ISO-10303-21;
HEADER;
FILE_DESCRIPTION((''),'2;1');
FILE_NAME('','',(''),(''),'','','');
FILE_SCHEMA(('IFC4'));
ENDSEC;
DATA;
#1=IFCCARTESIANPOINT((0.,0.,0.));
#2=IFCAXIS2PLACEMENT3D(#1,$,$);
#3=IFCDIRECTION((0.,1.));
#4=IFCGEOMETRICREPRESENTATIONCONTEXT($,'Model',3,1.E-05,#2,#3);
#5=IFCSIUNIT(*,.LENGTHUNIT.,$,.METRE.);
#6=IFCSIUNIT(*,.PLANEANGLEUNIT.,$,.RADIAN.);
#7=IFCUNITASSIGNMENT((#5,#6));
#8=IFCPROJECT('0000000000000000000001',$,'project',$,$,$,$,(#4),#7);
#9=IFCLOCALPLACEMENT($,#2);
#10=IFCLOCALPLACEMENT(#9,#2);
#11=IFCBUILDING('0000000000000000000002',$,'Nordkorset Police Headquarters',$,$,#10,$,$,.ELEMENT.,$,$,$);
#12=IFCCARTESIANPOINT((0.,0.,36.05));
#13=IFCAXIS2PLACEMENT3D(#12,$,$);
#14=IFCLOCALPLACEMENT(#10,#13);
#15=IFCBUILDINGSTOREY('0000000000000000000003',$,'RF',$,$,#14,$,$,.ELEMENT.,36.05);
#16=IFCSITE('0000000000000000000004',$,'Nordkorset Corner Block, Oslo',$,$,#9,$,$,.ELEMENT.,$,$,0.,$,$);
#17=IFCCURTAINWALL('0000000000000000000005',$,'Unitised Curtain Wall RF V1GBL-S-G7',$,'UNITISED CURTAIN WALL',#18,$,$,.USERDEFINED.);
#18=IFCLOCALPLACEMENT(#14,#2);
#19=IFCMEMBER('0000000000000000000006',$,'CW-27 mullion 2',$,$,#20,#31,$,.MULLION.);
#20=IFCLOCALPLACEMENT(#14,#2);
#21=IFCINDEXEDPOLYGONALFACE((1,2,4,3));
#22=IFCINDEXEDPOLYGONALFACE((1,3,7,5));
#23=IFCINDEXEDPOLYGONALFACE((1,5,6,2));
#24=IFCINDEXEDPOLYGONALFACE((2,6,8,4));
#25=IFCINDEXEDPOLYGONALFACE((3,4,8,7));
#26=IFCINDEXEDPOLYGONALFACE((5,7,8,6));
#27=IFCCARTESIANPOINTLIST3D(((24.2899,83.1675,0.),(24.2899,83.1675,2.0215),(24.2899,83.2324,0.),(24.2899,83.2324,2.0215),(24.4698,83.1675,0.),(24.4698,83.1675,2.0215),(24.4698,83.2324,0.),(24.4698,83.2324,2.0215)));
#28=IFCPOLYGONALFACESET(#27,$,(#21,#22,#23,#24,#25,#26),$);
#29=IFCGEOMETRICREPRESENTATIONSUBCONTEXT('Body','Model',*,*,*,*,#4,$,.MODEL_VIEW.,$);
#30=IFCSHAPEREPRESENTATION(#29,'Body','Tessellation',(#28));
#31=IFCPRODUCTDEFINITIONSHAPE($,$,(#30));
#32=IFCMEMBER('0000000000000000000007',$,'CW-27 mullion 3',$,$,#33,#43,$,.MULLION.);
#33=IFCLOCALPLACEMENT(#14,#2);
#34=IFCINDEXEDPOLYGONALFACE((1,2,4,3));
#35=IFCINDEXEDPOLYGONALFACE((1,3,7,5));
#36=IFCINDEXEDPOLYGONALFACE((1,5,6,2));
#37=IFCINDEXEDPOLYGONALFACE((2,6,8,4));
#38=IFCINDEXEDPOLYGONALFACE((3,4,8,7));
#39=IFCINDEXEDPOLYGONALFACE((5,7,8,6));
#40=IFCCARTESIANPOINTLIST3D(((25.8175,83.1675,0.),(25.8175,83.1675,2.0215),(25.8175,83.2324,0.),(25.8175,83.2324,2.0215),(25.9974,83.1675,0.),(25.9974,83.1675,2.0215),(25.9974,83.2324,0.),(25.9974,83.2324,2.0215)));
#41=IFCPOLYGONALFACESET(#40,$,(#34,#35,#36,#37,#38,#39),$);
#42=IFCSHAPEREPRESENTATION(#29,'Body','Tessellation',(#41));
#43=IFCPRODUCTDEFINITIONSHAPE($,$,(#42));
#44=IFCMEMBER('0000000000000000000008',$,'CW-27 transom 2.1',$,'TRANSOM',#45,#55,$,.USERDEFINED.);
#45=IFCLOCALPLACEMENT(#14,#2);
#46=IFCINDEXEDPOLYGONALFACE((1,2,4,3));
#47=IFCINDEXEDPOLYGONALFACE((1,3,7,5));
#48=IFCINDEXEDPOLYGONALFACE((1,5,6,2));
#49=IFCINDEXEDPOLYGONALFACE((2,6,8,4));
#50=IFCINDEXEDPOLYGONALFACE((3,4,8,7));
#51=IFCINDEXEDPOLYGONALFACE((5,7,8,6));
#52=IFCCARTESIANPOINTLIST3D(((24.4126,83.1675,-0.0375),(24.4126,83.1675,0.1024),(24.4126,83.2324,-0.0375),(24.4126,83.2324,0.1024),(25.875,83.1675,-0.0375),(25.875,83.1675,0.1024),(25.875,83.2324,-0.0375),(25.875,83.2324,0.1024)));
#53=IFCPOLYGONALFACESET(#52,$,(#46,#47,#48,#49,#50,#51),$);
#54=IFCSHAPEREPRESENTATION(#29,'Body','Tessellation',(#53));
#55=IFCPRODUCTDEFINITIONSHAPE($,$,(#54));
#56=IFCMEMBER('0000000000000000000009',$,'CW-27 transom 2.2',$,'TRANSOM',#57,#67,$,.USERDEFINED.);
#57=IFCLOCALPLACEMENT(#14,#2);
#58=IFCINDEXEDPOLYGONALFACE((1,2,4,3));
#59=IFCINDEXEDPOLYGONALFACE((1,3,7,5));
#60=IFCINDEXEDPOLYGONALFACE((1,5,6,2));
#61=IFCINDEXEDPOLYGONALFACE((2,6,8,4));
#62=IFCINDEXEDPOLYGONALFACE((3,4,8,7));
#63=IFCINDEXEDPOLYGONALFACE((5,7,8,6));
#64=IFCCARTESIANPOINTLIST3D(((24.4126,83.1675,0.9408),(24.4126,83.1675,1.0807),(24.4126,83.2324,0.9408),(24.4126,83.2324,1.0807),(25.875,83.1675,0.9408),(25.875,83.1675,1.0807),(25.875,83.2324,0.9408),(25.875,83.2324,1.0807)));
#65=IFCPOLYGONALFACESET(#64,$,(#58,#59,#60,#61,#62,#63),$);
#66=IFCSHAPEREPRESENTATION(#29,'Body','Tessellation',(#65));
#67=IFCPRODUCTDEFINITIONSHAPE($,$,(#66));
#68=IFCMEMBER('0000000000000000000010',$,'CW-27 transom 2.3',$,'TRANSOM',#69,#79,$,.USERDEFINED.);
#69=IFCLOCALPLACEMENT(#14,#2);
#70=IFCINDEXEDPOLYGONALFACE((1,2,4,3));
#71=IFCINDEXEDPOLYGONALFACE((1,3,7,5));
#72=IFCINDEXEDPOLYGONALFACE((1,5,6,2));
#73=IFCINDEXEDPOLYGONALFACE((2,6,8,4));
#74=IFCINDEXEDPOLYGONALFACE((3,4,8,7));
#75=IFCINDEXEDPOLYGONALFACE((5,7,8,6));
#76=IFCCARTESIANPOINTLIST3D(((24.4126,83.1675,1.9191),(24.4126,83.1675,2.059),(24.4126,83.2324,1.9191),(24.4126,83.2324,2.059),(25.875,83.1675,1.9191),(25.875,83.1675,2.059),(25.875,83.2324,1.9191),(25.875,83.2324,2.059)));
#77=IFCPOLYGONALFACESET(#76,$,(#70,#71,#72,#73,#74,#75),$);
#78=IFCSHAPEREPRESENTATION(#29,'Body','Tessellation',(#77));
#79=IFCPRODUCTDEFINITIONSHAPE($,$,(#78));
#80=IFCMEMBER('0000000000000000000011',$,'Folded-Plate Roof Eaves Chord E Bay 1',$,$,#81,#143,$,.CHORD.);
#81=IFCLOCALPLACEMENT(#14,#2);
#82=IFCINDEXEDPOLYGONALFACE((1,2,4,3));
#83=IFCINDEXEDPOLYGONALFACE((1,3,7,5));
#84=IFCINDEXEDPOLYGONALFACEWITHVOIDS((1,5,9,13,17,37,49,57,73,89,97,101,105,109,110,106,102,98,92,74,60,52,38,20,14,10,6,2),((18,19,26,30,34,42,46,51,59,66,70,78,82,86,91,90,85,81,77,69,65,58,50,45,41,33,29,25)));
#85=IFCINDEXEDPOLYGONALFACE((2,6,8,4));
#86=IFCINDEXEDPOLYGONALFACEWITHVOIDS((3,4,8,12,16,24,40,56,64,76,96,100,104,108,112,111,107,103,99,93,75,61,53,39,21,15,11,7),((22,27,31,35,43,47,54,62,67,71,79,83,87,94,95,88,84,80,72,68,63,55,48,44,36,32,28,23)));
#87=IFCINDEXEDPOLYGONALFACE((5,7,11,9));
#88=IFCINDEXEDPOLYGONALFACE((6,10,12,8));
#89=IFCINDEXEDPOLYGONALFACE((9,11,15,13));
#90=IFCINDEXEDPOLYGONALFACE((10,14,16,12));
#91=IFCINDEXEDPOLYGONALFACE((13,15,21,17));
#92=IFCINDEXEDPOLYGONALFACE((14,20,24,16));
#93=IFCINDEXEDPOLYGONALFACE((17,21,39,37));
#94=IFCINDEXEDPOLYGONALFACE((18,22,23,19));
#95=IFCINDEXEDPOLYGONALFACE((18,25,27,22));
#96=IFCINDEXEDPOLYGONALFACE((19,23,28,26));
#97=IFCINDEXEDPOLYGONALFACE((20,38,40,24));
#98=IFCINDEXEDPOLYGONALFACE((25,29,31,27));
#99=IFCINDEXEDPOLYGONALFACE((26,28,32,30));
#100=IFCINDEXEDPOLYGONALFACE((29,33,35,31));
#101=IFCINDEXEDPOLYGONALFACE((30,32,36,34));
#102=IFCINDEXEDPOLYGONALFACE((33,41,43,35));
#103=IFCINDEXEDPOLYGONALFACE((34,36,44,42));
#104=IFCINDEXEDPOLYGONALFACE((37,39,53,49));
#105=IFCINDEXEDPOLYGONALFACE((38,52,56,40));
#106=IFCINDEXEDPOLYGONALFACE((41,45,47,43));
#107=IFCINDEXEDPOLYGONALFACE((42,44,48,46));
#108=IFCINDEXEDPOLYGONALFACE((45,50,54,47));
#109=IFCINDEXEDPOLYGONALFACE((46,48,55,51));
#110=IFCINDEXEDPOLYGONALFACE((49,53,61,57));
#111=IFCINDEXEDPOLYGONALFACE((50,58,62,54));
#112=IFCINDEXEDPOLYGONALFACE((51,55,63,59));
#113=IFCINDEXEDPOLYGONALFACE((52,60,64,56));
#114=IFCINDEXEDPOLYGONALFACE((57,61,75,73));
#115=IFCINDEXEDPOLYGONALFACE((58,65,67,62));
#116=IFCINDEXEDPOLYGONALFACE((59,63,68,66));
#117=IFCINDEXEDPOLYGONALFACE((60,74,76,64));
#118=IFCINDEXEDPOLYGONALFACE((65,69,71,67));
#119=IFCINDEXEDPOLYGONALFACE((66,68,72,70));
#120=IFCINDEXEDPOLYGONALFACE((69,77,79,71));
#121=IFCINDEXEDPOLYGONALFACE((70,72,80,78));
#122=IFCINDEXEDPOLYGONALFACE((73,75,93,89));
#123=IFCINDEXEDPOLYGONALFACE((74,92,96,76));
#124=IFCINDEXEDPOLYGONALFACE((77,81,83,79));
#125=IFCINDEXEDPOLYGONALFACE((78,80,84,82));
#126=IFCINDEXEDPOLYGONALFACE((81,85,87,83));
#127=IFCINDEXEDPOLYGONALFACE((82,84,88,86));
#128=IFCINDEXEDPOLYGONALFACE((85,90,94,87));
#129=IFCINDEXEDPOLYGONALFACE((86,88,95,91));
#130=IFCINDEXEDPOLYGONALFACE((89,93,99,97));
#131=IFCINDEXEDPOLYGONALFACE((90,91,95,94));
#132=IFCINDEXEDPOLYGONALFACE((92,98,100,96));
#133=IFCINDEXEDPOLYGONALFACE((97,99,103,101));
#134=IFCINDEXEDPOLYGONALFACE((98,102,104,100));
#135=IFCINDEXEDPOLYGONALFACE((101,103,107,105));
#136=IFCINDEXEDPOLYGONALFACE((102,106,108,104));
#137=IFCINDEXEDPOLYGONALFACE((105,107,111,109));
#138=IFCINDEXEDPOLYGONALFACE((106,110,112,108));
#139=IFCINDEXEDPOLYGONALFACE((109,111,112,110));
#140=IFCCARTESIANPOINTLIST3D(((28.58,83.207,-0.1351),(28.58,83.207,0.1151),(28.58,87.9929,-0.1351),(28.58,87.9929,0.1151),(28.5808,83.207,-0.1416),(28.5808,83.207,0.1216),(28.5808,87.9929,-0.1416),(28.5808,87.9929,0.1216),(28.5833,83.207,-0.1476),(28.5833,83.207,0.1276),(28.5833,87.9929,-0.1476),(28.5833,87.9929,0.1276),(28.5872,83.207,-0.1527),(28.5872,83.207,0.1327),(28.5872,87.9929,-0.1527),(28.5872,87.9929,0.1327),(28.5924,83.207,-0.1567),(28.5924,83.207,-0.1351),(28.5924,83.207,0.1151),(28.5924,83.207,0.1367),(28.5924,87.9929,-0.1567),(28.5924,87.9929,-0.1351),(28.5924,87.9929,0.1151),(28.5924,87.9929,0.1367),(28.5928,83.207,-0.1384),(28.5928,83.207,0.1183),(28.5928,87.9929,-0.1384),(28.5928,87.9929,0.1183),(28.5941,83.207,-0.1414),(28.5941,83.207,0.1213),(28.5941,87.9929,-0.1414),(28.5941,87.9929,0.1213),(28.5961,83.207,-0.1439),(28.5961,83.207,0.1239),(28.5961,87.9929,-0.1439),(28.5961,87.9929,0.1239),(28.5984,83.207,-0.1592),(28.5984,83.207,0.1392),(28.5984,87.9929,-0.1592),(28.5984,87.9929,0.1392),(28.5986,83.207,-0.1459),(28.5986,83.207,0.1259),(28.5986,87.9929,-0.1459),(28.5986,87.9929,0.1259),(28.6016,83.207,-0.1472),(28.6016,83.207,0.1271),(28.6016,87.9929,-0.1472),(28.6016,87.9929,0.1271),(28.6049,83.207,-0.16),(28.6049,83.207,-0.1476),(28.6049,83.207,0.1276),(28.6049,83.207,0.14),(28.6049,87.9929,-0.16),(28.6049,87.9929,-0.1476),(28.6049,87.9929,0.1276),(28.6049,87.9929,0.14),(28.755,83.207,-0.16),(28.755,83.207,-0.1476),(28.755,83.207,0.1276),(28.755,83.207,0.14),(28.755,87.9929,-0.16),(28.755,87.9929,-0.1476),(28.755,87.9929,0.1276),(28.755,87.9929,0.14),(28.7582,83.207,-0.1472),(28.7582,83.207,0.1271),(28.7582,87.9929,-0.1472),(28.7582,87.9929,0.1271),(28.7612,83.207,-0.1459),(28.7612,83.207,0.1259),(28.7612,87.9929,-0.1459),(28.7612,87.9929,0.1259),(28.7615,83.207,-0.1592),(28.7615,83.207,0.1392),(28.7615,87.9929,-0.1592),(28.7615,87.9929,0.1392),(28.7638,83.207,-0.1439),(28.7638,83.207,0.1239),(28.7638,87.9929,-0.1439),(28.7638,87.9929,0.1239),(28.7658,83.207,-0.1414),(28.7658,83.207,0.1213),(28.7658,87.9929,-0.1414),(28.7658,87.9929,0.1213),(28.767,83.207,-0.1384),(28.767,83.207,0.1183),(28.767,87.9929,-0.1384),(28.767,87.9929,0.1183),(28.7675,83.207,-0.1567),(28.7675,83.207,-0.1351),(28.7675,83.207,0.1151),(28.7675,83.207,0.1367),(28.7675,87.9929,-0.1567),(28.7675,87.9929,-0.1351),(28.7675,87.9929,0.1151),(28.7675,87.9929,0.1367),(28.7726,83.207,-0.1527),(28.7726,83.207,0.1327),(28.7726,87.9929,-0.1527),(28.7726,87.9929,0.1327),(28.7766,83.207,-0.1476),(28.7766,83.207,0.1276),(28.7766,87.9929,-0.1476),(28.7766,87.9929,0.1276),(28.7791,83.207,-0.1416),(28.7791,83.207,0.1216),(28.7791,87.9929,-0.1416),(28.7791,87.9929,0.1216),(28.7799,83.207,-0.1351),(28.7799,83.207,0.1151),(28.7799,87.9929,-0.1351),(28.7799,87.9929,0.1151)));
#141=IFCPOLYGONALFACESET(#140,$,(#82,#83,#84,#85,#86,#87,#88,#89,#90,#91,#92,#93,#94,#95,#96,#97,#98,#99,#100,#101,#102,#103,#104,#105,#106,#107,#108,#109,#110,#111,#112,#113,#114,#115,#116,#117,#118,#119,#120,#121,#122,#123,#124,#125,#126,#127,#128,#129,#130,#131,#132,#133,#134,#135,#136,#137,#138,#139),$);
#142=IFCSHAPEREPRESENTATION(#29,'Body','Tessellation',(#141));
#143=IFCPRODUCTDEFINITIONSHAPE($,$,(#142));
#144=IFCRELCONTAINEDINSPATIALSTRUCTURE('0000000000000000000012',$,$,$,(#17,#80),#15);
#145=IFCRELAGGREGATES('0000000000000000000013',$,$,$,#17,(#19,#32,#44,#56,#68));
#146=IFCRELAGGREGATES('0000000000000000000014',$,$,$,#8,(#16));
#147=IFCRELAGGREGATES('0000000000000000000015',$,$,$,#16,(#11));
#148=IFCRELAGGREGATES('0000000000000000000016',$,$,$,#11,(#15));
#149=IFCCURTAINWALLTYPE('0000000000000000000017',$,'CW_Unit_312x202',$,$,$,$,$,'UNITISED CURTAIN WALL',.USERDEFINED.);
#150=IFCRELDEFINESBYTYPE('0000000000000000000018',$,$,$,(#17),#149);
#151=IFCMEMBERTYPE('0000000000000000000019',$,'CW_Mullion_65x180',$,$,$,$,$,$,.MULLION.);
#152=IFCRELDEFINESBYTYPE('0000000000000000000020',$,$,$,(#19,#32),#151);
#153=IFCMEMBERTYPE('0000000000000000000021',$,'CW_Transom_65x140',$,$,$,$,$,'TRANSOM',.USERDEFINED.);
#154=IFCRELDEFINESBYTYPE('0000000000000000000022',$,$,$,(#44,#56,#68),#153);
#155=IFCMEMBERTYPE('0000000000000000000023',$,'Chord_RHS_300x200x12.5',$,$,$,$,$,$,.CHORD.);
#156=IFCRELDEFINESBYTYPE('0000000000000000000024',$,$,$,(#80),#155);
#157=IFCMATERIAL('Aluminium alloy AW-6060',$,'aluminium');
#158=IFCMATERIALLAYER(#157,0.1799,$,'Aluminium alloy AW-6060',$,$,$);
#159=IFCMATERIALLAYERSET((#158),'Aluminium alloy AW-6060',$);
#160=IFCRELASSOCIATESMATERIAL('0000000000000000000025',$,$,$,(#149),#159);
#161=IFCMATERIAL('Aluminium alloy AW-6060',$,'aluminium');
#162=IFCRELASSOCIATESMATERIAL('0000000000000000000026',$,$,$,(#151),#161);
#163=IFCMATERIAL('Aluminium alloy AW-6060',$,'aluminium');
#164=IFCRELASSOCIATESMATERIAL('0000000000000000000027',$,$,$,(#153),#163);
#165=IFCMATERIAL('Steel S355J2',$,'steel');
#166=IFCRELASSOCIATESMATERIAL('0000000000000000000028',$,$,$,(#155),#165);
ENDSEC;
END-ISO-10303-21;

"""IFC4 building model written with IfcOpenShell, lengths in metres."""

from ifc_helpers import new_model, si_unit, direction, frame, origin, origin_2d, place, context, subcontext, project, spatial, rectangle, hollow_rectangle, extrude, material, layer, layer_set, material_profile, profile_set, type_object, element, aggregate, save


model = new_model("IFC4")

# Units and contexts
model_context = context("Model", 3, precision=1e-05, world=origin(), true_north=direction((0.0, 1.0)))
body_context = subcontext(model_context, "Body", "Model", "MODEL_VIEW")
ifc_project = project(units=[si_unit("LENGTHUNIT", "METRE"), si_unit("PLANEANGLEUNIT", "RADIAN")], contexts=[model_context])

# Site, building, storey
site_placement = place(None, origin())
site = spatial("IfcSite", under=ifc_project, at=site_placement, Name="Nordkorset Corner Block, Oslo", CompositionType="ELEMENT", RefElevation=0.0)
building_placement = place(site_placement, origin())
building = spatial("IfcBuilding", under=site, at=building_placement, Name="Nordkorset Police Headquarters", CompositionType="ELEMENT")
storey_placement = place(building_placement, frame((0.0, 0.0, 36.05)))
storey = spatial("IfcBuildingStorey", under=building, at=storey_placement, Name="RF", CompositionType="ELEMENT", Elevation=36.05)

# Curtain wall, members
ifc_material_1 = material(Name="Aluminium alloy AW-6060", Category="aluminium")
ifc_layer_1 = layer(ifc_material_1, 0.1799, Name="Aluminium alloy AW-6060")
ifc_layer_set_1 = layer_set([ifc_layer_1], Name="Aluminium alloy AW-6060")
curtain_wall_type = type_object("IfcCurtainWallType", Name="CW_Unit_312x202", ElementType="UNITISED CURTAIN WALL", PredefinedType="USERDEFINED", material=ifc_layer_set_1)
curtain_wall_placement = place(storey_placement, origin())
curtain_wall = element("IfcCurtainWall", 1, at=curtain_wall_placement, inside=storey, type_object=curtain_wall_type, Name="Unitised Curtain Wall RF V1GBL-S-G7", ObjectType="UNITISED CURTAIN WALL", PredefinedType="USERDEFINED")
ifc_material_2 = material(Name="Aluminium alloy AW-6060", Category="aluminium")
ifc_material_profile_1 = material_profile(ifc_material_2, rectangle(XDim=0.0649, YDim=0.1799, at=origin_2d()), Name="ALU MULL 65x180")
ifc_profile_set_1 = profile_set([ifc_material_profile_1], Name="Aluminium alloy AW-6060")
member_type_1 = type_object("IfcMemberType", Name="CW_Mullion_65x180", PredefinedType="MULLION", material=ifc_profile_set_1)
member_1_placement = place(storey_placement, frame((24.3799, 83.2, 0.0), z_axis=(0.0, 0.0, 1.0), x_axis=(0.0, 1.0, 0.0)))
member_1 = element("IfcMember", 2, at=member_1_placement, type_object=member_type_1, Name="CW-27 mullion 2", PredefinedType="MULLION", context=body_context, shape_type="SweptSolid", body=[
    extrude(rectangle(XDim=0.0649, YDim=0.1799, at=origin_2d()), origin(), (0.0, 0.0, 1.0), 2.0215),
])
member_2_placement = place(storey_placement, frame((25.9075, 83.2, 0.0), z_axis=(0.0, 0.0, 1.0), x_axis=(0.0, 1.0, 0.0)))
member_2 = element("IfcMember", 3, at=member_2_placement, type_object=member_type_1, Name="CW-27 mullion 3", PredefinedType="MULLION", context=body_context, shape_type="SweptSolid", body=[
    extrude(rectangle(XDim=0.0649, YDim=0.1799, at=origin_2d()), origin(), (0.0, 0.0, 1.0), 2.0215),
])
ifc_material_3 = material(Name="Aluminium alloy AW-6060", Category="aluminium")
ifc_material_profile_2 = material_profile(ifc_material_3, rectangle(XDim=0.0649, YDim=0.1399, at=origin_2d()), Name="ALU TRAN 65x140")
ifc_profile_set_2 = profile_set([ifc_material_profile_2], Name="Aluminium alloy AW-6060")
member_type_2 = type_object("IfcMemberType", Name="CW_Transom_65x140", ElementType="TRANSOM", PredefinedType="USERDEFINED", material=ifc_profile_set_2)
member_3_placement = place(storey_placement, frame((24.4126, 83.2, 0.0325), z_axis=(1.0, 0.0, 0.0), x_axis=(0.0, 1.0, 0.0)))
member_3 = element("IfcMember", 4, at=member_3_placement, type_object=member_type_2, Name="CW-27 transom 2.1", ObjectType="TRANSOM", PredefinedType="USERDEFINED", context=body_context, shape_type="SweptSolid", body=[
    extrude(rectangle(XDim=0.0649, YDim=0.1399, at=origin_2d()), origin(), (0.0, 0.0, 1.0), 1.4624),
])
member_4_placement = place(storey_placement, frame((24.4126, 83.2, 1.0107), z_axis=(1.0, 0.0, 0.0), x_axis=(0.0, 1.0, 0.0)))
member_4 = element("IfcMember", 5, at=member_4_placement, type_object=member_type_2, Name="CW-27 transom 2.2", ObjectType="TRANSOM", PredefinedType="USERDEFINED", context=body_context, shape_type="SweptSolid", body=[
    extrude(rectangle(XDim=0.0649, YDim=0.1399, at=origin_2d()), origin(), (0.0, 0.0, 1.0), 1.4624),
])
member_5_placement = place(storey_placement, frame((24.4126, 83.2, 1.989), z_axis=(1.0, 0.0, 0.0), x_axis=(0.0, 1.0, 0.0)))
member_5 = element("IfcMember", 6, at=member_5_placement, type_object=member_type_2, Name="CW-27 transom 2.3", ObjectType="TRANSOM", PredefinedType="USERDEFINED", context=body_context, shape_type="SweptSolid", body=[
    extrude(rectangle(XDim=0.0649, YDim=0.1399, at=origin_2d()), origin(), (0.0, 0.0, 1.0), 1.4624),
])

# Member
ifc_material_4 = material(Name="Steel S355J2", Category="steel")
ifc_material_profile_3 = material_profile(ifc_material_4, hollow_rectangle(XDim=0.2, YDim=0.3, WallThickness=0.0125, InnerFilletRadius=0.0125, OuterFilletRadius=0.0249, at=origin_2d()), Name="RHS 300x200x12.5")
ifc_profile_set_3 = profile_set([ifc_material_profile_3], Name="Steel S355J2")
member_type_3 = type_object("IfcMemberType", Name="Chord_RHS_300x200x12.5", PredefinedType="CHORD", material=ifc_profile_set_3)
for number, where, z_axis, x_axis, name in (
    (7, (28.6799, 83.207, -0.01), (0.0, 1.0, 0.0), (-1.0, 0.0, 0.0), "Folded-Plate Roof Eaves Chord E Bay 1"),
):
    element("IfcMember", number, at=place(storey_placement, frame(where, z_axis=z_axis, x_axis=x_axis)), inside=storey, type_object=member_type_3, Name=name, PredefinedType="CHORD", context=body_context, shape_type="SweptSolid", body=[
        extrude(hollow_rectangle(XDim=0.2, YDim=0.3, WallThickness=0.0125, InnerFilletRadius=0.0125, OuterFilletRadius=0.0249, at=origin_2d()), origin(), (0.0, 0.0, 1.0), 4.7859),
    ])

aggregate(curtain_wall, [member_1, member_2, member_3, member_4, member_5])

save(model, "model.ifc")
